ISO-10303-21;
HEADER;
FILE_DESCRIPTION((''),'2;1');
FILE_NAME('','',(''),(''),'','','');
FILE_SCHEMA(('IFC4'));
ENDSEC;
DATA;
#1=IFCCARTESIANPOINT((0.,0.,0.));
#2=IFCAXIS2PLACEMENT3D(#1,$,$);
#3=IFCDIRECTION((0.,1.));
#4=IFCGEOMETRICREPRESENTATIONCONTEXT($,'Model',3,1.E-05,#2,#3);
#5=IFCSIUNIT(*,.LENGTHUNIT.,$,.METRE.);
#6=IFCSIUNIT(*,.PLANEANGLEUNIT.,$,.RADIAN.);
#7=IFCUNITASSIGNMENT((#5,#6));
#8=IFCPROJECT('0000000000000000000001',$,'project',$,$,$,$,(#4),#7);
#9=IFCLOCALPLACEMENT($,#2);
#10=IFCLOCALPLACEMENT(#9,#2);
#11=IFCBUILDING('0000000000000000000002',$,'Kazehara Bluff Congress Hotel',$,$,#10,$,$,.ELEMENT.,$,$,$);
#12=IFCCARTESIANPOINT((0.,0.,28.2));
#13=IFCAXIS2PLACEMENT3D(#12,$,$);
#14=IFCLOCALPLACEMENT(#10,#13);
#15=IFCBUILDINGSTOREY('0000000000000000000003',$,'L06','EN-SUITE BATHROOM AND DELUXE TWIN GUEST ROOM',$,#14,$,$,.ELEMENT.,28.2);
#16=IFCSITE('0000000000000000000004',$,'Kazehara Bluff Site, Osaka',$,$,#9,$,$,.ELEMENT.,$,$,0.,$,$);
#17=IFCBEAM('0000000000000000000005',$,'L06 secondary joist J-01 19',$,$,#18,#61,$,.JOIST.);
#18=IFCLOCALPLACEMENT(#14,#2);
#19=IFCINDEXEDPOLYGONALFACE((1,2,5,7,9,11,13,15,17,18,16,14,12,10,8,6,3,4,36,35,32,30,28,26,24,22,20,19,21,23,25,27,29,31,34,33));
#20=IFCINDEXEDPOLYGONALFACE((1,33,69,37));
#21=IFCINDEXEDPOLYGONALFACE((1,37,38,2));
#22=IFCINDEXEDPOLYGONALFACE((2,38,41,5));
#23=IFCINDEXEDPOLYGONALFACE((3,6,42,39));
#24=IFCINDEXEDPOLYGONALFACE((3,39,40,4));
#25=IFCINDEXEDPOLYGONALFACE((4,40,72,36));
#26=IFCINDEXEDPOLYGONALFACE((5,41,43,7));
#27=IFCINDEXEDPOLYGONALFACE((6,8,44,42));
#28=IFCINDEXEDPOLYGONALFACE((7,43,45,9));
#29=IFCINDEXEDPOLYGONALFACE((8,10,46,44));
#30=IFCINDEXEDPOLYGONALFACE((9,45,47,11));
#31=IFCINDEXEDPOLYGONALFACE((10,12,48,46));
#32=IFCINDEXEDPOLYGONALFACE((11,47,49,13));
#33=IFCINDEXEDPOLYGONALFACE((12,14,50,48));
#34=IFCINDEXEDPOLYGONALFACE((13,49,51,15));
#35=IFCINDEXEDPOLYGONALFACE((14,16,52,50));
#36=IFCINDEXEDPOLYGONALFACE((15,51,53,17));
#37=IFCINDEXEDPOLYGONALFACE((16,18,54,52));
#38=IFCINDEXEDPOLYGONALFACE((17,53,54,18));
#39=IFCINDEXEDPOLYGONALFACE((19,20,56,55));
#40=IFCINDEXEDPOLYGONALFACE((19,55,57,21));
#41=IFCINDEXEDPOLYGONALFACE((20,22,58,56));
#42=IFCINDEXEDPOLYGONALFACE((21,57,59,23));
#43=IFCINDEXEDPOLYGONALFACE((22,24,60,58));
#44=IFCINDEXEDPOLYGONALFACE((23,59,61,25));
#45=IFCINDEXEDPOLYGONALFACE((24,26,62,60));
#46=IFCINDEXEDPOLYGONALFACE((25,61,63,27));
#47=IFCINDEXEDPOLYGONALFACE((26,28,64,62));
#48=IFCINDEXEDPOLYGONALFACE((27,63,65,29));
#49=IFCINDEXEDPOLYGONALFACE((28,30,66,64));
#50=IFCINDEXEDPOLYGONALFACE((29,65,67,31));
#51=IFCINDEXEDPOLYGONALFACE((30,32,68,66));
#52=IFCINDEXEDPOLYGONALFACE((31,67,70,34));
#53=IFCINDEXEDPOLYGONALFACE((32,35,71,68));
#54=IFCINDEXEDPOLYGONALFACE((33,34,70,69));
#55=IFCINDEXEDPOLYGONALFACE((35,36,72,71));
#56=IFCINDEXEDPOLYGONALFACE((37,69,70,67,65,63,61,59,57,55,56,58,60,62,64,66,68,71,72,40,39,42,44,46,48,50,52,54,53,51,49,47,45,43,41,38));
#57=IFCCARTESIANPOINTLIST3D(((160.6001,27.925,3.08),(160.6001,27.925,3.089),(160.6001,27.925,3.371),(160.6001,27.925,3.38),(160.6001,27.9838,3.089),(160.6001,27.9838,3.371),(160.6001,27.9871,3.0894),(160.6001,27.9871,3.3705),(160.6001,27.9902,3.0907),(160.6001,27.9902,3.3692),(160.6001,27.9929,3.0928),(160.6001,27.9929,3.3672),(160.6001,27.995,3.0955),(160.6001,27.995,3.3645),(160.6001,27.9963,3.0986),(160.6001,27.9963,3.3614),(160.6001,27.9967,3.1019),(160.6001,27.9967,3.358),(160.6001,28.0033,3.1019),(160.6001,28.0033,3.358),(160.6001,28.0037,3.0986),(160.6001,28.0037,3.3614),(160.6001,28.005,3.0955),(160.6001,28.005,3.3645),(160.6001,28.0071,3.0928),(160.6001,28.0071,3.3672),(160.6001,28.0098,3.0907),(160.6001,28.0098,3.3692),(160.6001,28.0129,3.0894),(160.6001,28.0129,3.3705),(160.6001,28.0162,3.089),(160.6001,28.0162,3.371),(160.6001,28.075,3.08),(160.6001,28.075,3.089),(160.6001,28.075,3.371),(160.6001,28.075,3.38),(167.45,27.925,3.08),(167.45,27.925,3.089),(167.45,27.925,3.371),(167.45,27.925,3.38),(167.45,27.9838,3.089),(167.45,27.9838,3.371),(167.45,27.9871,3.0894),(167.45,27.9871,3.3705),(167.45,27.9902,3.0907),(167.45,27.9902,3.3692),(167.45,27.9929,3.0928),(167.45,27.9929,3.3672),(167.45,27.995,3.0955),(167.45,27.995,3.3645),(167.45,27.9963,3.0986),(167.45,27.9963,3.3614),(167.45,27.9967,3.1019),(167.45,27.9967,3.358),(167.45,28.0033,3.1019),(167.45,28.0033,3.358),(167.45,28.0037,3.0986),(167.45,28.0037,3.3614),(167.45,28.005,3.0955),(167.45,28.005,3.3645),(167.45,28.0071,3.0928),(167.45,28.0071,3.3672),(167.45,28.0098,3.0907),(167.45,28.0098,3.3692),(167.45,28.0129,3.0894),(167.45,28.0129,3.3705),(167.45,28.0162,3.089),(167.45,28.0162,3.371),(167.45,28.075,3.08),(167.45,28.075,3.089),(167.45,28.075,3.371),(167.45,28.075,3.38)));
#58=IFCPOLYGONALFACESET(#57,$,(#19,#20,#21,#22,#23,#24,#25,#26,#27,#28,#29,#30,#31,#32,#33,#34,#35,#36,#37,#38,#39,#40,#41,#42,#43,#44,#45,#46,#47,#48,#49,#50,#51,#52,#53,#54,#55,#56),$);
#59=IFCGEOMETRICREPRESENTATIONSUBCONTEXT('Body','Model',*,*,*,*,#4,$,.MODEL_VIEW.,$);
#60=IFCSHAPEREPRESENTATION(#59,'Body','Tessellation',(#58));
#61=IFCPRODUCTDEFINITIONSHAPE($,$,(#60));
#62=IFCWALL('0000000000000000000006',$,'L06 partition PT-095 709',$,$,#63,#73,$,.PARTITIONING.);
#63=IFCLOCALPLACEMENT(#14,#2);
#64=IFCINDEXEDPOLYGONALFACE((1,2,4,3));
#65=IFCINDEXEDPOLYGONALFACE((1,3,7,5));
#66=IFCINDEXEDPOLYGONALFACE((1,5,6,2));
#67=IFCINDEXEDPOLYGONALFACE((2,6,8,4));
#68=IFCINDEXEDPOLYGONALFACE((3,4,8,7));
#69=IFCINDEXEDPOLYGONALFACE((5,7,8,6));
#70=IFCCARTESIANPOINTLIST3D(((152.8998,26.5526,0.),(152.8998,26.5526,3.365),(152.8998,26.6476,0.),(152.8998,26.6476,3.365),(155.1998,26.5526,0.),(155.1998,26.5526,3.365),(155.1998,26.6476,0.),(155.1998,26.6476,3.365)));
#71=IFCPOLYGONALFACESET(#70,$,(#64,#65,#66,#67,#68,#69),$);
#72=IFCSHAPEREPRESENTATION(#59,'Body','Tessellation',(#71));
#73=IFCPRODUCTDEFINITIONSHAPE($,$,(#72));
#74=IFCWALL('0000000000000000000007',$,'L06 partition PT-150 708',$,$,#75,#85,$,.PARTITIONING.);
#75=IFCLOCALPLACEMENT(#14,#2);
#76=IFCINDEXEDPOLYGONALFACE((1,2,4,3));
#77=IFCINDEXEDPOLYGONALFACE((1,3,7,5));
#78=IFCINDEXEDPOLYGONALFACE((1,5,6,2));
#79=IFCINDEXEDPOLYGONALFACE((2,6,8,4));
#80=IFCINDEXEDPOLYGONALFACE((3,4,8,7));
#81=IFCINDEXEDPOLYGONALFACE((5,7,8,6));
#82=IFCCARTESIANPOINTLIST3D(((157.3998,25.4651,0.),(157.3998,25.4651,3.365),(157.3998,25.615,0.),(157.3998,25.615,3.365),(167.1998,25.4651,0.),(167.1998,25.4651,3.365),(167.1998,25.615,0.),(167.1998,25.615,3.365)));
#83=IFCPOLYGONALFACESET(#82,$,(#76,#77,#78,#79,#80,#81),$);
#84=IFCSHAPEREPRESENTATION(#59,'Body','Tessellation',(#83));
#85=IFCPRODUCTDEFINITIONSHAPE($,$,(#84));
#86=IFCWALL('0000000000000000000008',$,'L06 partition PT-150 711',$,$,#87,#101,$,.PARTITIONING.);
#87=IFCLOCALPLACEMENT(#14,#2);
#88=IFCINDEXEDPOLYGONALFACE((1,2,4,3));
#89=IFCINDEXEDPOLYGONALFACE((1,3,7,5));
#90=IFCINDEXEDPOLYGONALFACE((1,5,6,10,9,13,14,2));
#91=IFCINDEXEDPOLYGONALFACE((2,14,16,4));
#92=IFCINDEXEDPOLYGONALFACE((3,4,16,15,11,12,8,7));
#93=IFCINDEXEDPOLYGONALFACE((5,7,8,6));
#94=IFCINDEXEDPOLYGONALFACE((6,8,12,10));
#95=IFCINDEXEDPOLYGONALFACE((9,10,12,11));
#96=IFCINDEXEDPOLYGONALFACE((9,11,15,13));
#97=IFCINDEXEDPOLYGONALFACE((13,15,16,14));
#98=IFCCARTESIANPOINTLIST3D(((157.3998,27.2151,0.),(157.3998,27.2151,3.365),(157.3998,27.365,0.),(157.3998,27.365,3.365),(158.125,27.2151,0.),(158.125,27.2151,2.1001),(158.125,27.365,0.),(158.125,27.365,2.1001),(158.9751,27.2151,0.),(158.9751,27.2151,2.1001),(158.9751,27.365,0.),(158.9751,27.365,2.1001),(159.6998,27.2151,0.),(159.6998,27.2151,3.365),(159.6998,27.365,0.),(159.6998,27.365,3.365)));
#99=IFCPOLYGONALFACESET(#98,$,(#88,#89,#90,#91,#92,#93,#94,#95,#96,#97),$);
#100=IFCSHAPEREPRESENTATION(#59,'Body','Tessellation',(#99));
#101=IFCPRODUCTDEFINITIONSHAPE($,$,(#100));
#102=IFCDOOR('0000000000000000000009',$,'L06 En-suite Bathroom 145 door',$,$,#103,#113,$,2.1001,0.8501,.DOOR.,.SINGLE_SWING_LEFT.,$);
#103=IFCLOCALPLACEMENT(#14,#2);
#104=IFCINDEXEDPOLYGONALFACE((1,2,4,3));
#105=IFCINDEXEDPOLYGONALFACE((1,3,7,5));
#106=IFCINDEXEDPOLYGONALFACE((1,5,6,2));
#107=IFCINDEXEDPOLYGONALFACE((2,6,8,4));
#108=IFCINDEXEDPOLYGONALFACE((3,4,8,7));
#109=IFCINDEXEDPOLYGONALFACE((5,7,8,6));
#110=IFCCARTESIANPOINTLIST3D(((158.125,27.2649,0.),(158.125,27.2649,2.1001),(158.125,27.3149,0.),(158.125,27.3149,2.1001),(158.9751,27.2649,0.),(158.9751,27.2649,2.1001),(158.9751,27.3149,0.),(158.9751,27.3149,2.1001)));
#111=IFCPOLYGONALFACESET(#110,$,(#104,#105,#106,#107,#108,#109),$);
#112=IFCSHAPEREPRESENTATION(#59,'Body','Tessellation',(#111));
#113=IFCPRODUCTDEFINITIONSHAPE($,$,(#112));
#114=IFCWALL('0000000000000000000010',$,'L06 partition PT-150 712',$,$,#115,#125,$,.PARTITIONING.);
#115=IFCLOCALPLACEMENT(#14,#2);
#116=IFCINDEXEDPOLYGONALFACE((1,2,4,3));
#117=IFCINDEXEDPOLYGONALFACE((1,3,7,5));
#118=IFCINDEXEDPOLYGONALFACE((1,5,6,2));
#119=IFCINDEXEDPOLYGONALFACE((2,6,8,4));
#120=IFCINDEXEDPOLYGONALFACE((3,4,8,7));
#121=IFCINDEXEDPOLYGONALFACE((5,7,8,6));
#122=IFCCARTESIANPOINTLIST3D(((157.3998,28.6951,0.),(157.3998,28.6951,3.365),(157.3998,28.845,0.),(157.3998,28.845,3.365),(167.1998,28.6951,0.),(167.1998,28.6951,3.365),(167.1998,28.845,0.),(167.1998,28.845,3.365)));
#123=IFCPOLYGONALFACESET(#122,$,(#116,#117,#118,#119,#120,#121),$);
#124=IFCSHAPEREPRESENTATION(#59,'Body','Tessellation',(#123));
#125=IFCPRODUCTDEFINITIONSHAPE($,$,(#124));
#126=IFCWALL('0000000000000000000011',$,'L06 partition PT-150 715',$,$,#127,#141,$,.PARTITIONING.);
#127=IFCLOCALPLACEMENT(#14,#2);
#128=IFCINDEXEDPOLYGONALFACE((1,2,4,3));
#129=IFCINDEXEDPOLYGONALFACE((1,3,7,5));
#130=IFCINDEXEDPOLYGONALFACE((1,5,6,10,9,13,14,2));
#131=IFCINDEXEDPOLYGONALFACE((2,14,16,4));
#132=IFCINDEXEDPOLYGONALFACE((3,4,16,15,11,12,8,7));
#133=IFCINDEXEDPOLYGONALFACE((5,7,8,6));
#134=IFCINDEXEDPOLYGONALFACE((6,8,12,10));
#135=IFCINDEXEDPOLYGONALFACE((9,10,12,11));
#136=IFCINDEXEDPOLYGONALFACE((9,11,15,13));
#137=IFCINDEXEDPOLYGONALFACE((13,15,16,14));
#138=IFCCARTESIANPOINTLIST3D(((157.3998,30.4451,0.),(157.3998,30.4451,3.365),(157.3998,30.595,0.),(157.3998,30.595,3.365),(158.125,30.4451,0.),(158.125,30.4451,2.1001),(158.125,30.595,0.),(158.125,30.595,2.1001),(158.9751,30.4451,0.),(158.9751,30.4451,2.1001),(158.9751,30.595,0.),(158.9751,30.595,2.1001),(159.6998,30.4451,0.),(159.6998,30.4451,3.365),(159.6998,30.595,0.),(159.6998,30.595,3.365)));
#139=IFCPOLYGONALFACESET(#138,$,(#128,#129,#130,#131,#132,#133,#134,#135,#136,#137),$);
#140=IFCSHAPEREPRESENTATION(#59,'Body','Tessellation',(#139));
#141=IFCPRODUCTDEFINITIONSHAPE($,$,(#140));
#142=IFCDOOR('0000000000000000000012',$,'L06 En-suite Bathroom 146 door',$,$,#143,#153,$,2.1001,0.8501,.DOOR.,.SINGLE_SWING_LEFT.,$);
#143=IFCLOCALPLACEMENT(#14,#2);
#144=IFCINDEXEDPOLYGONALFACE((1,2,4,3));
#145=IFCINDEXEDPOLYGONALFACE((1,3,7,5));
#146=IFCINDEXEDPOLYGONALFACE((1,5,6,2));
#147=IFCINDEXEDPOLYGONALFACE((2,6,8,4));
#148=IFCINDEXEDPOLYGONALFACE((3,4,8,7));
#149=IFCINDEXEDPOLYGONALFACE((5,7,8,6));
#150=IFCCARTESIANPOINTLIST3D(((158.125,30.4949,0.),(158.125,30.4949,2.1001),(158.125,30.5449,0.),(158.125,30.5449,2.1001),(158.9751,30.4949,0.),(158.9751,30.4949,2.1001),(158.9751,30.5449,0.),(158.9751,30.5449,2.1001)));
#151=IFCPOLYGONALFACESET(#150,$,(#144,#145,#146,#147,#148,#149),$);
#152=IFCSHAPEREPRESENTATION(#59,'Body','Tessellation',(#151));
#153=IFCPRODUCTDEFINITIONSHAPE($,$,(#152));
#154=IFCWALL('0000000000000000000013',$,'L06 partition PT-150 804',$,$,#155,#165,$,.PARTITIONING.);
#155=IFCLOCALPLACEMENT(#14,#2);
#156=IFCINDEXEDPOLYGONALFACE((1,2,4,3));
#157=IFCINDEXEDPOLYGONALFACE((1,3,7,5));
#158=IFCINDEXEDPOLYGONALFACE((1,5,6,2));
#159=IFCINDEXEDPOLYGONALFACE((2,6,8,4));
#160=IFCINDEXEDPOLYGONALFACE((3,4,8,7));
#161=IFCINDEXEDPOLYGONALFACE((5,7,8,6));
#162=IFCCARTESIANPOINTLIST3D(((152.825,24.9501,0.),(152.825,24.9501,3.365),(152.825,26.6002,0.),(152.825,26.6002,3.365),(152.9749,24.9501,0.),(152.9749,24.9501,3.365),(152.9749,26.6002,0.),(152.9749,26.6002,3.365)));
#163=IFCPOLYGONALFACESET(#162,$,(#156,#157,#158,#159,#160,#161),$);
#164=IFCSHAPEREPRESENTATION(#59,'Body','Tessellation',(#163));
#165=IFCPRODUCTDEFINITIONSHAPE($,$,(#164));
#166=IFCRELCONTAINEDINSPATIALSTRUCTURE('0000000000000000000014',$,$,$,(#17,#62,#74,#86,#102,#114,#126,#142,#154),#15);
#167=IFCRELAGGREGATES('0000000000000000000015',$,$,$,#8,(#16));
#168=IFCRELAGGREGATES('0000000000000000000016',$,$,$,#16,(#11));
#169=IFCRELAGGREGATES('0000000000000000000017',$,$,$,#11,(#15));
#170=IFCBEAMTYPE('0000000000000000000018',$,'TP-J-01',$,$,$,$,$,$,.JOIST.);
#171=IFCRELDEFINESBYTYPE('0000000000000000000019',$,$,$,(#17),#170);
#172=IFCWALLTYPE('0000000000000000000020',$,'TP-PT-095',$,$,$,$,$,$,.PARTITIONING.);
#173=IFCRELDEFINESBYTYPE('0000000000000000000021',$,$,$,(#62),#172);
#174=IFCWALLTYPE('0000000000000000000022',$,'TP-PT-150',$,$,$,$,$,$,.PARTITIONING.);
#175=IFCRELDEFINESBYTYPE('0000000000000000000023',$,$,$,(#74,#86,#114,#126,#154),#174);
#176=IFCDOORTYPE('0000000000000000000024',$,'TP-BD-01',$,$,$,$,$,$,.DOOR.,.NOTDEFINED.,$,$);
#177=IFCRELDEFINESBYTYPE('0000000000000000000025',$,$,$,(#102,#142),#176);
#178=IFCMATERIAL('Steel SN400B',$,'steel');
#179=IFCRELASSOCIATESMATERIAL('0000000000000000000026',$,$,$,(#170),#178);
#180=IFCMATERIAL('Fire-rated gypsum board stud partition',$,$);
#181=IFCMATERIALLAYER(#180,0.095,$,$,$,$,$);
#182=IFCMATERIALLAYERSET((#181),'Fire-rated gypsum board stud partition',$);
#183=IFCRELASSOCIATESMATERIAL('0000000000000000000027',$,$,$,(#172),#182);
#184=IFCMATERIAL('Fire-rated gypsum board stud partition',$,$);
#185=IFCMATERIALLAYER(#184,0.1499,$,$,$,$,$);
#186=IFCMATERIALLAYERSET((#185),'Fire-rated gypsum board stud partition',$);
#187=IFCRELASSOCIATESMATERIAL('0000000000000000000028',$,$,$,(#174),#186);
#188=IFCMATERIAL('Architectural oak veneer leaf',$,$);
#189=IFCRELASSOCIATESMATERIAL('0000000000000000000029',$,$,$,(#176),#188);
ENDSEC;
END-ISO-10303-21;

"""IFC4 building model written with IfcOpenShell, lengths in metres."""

from ifc_helpers import new_model, si_unit, direction, frame, frame_2d, origin, origin_2d, place, context, subcontext, project, spatial, rectangle, i_section, extrude, material, layer, layer_set, material_profile, profile_set, type_object, element, fill, save


model = new_model("IFC4")

# Units and contexts
model_context = context("Model", 3, precision=1e-05, world=origin(), true_north=direction((0.0, 1.0)))
body_context = subcontext(model_context, "Body", "Model", "MODEL_VIEW")
ifc_project = project(units=[si_unit("LENGTHUNIT", "METRE"), si_unit("PLANEANGLEUNIT", "RADIAN")], contexts=[model_context])

# Site, building, storey
site_placement = place(None, origin())
site = spatial("IfcSite", under=ifc_project, at=site_placement, Name="Kazehara Bluff Site, Osaka", CompositionType="ELEMENT", RefElevation=0.0)
building_placement = place(site_placement, origin())
building = spatial("IfcBuilding", under=site, at=building_placement, Name="Kazehara Bluff Congress Hotel", CompositionType="ELEMENT")
storey_placement = place(building_placement, frame((0.0, 0.0, 28.2)))
storey = spatial("IfcBuildingStorey", under=building, at=storey_placement, Name="L06", Description="EN-SUITE BATHROOM AND DELUXE TWIN GUEST ROOM", CompositionType="ELEMENT", Elevation=28.2)

# Beam
ifc_material_1 = material(Name="Steel SN400B", Category="steel")
ifc_material_profile = material_profile(ifc_material_1, i_section(OverallWidth=0.1499, OverallDepth=0.3, WebThickness=0.0066, FlangeThickness=0.009, FilletRadius=0.0129, at=origin_2d()))
ifc_profile_set = profile_set([ifc_material_profile], Name="Steel SN400B")
beam_type = type_object("IfcBeamType", Name="TP-J-01", PredefinedType="JOIST", material=ifc_profile_set)
beam_placement = place(storey_placement, frame((160.6001, 28.0, 3.23), z_axis=(1.0, 0.0, 0.0), x_axis=(0.0, 1.0, 0.0)))
element("IfcBeam", 1, at=beam_placement, inside=storey, type_object=beam_type, Name="L06 secondary joist J-01 19", PredefinedType="JOIST", context=body_context, shape_type="SweptSolid", body=[
    extrude(i_section(OverallWidth=0.1499, OverallDepth=0.3, WebThickness=0.0066, FlangeThickness=0.009, FilletRadius=0.0129, at=origin_2d()), origin(), (0.0, 0.0, 1.0), 6.8499),
])

# Walls
ifc_material_2 = material(Name="Fire-rated gypsum board stud partition")
ifc_layer_1 = layer(ifc_material_2, 0.095)
ifc_layer_set_1 = layer_set([ifc_layer_1], Name="Fire-rated gypsum board stud partition")
wall_type_1 = type_object("IfcWallType", Name="TP-PT-095", PredefinedType="PARTITIONING", material=ifc_layer_set_1)
wall_1_placement = place(storey_placement, frame((152.8999, 26.6001, 0.0), z_axis=(0.0, 0.0, 1.0), x_axis=(1.0, 0.0, 0.0)))
element("IfcWall", 2, at=wall_1_placement, inside=storey, type_object=wall_type_1, Name="L06 partition PT-095 709", PredefinedType="PARTITIONING", context=body_context, shape_type="SweptSolid", body=[
    extrude(rectangle(XDim=2.3, YDim=0.095, at=frame_2d((1.1499, 0.0))), origin(), (0.0, 0.0, 1.0), 3.365),
])
ifc_material_3 = material(Name="Fire-rated gypsum board stud partition")
ifc_layer_2 = layer(ifc_material_3, 0.1499)
ifc_layer_set_2 = layer_set([ifc_layer_2], Name="Fire-rated gypsum board stud partition")
wall_type_2 = type_object("IfcWallType", Name="TP-PT-150", PredefinedType="PARTITIONING", material=ifc_layer_set_2)
wall_2_placement = place(storey_placement, frame((157.3999, 25.54, 0.0), z_axis=(0.0, 0.0, 1.0), x_axis=(1.0, 0.0, 0.0)))
element("IfcWall", 3, at=wall_2_placement, inside=storey, type_object=wall_type_2, Name="L06 partition PT-150 708", PredefinedType="PARTITIONING", context=body_context, shape_type="SweptSolid", body=[
    extrude(rectangle(XDim=9.8, YDim=0.1499, at=frame_2d((4.8999, 0.0))), origin(), (0.0, 0.0, 1.0), 3.365),
])

# Wall, opening, door
wall_3_placement = place(storey_placement, frame((157.3999, 27.29, 0.0), z_axis=(0.0, 0.0, 1.0), x_axis=(1.0, 0.0, 0.0)))
wall_3 = element("IfcWall", 4, at=wall_3_placement, inside=storey, type_object=wall_type_2, Name="L06 partition PT-150 711", PredefinedType="PARTITIONING", context=body_context, shape_type="SweptSolid", body=[
    extrude(rectangle(XDim=2.3, YDim=0.1499, at=frame_2d((1.1499, 0.0))), origin(), (0.0, 0.0, 1.0), 3.365),
])
opening_1_placement = place(wall_3_placement, frame((0.7251, 0.0, 0.0)))
opening_1 = element("IfcOpeningElement", 5, at=opening_1_placement, cuts=wall_3, PredefinedType="OPENING", context=body_context, shape_type="SweptSolid", body=[
    extrude(rectangle(XDim=0.8501, YDim=2.1001, at=frame_2d((0.425, 1.05))), frame((0.0, 0.085, 0.0), z_axis=(0.0, -1.0, 0.0), x_axis=(1.0, 0.0, 0.0)), (0.0, 0.0, 1.0), 0.1699),
])
ifc_material_4 = material(Name="Architectural oak veneer leaf")
door_type_1 = type_object("IfcDoorType", Name="TP-BD-01", OperationType="NOTDEFINED", PredefinedType="DOOR", material=ifc_material_4)
door_1_placement = place(opening_1_placement, origin())
door_1 = element("IfcDoor", 6, at=door_1_placement, inside=storey, type_object=door_type_1, Name="L06 En-suite Bathroom 145 door", OperationType="SINGLE_SWING_LEFT", OverallHeight=2.1001, OverallWidth=0.8501, PredefinedType="DOOR", context=body_context, shape_type="SweptSolid", body=[
    extrude(rectangle(XDim=0.8501, YDim=2.1001, at=frame_2d((0.425, 1.05))), frame((0.0, 0.0249, 0.0), z_axis=(0.0, -1.0, 0.0), x_axis=(1.0, 0.0, 0.0)), (0.0, 0.0, 1.0), 0.05),
])
fill(opening_1, door_1)

# Wall
wall_4_placement = place(storey_placement, frame((157.3999, 28.77, 0.0), z_axis=(0.0, 0.0, 1.0), x_axis=(1.0, 0.0, 0.0)))
element("IfcWall", 7, at=wall_4_placement, inside=storey, type_object=wall_type_2, Name="L06 partition PT-150 712", PredefinedType="PARTITIONING", context=body_context, shape_type="SweptSolid", body=[
    extrude(rectangle(XDim=9.8, YDim=0.1499, at=frame_2d((4.8999, 0.0))), origin(), (0.0, 0.0, 1.0), 3.365),
])

# Wall, opening, door
wall_5_placement = place(storey_placement, frame((157.3999, 30.52, 0.0), z_axis=(0.0, 0.0, 1.0), x_axis=(1.0, 0.0, 0.0)))
wall_5 = element("IfcWall", 8, at=wall_5_placement, inside=storey, type_object=wall_type_2, Name="L06 partition PT-150 715", PredefinedType="PARTITIONING", context=body_context, shape_type="SweptSolid", body=[
    extrude(rectangle(XDim=2.3, YDim=0.1499, at=frame_2d((1.1499, 0.0))), origin(), (0.0, 0.0, 1.0), 3.365),
])
opening_2_placement = place(wall_5_placement, frame((0.7251, 0.0, 0.0)))
opening_2 = element("IfcOpeningElement", 9, at=opening_2_placement, cuts=wall_5, PredefinedType="OPENING", context=body_context, shape_type="SweptSolid", body=[
    extrude(rectangle(XDim=0.8501, YDim=2.1001, at=frame_2d((0.425, 1.05))), frame((0.0, 0.085, 0.0), z_axis=(0.0, -1.0, 0.0), x_axis=(1.0, 0.0, 0.0)), (0.0, 0.0, 1.0), 0.1699),
])
door_2_placement = place(opening_2_placement, origin())
door_2 = element("IfcDoor", 10, at=door_2_placement, inside=storey, type_object=door_type_1, Name="L06 En-suite Bathroom 146 door", OperationType="SINGLE_SWING_LEFT", OverallHeight=2.1001, OverallWidth=0.8501, PredefinedType="DOOR", context=body_context, shape_type="SweptSolid", body=[
    extrude(rectangle(XDim=0.8501, YDim=2.1001, at=frame_2d((0.425, 1.05))), frame((0.0, 0.0249, 0.0), z_axis=(0.0, -1.0, 0.0), x_axis=(1.0, 0.0, 0.0)), (0.0, 0.0, 1.0), 0.05),
])
fill(opening_2, door_2)

# Wall
wall_6_placement = place(storey_placement, frame((152.8999, 24.95, 0.0), z_axis=(0.0, 0.0, 1.0), x_axis=(0.0, 1.0, 0.0)))
element("IfcWall", 11, at=wall_6_placement, inside=storey, type_object=wall_type_2, Name="L06 partition PT-150 804", PredefinedType="PARTITIONING", context=body_context, shape_type="SweptSolid", body=[
    extrude(rectangle(XDim=1.6501, YDim=0.1499, at=frame_2d((0.8252, 0.0))), origin(), (0.0, 0.0, 1.0), 3.365),
])

save(model, "model.ifc")
